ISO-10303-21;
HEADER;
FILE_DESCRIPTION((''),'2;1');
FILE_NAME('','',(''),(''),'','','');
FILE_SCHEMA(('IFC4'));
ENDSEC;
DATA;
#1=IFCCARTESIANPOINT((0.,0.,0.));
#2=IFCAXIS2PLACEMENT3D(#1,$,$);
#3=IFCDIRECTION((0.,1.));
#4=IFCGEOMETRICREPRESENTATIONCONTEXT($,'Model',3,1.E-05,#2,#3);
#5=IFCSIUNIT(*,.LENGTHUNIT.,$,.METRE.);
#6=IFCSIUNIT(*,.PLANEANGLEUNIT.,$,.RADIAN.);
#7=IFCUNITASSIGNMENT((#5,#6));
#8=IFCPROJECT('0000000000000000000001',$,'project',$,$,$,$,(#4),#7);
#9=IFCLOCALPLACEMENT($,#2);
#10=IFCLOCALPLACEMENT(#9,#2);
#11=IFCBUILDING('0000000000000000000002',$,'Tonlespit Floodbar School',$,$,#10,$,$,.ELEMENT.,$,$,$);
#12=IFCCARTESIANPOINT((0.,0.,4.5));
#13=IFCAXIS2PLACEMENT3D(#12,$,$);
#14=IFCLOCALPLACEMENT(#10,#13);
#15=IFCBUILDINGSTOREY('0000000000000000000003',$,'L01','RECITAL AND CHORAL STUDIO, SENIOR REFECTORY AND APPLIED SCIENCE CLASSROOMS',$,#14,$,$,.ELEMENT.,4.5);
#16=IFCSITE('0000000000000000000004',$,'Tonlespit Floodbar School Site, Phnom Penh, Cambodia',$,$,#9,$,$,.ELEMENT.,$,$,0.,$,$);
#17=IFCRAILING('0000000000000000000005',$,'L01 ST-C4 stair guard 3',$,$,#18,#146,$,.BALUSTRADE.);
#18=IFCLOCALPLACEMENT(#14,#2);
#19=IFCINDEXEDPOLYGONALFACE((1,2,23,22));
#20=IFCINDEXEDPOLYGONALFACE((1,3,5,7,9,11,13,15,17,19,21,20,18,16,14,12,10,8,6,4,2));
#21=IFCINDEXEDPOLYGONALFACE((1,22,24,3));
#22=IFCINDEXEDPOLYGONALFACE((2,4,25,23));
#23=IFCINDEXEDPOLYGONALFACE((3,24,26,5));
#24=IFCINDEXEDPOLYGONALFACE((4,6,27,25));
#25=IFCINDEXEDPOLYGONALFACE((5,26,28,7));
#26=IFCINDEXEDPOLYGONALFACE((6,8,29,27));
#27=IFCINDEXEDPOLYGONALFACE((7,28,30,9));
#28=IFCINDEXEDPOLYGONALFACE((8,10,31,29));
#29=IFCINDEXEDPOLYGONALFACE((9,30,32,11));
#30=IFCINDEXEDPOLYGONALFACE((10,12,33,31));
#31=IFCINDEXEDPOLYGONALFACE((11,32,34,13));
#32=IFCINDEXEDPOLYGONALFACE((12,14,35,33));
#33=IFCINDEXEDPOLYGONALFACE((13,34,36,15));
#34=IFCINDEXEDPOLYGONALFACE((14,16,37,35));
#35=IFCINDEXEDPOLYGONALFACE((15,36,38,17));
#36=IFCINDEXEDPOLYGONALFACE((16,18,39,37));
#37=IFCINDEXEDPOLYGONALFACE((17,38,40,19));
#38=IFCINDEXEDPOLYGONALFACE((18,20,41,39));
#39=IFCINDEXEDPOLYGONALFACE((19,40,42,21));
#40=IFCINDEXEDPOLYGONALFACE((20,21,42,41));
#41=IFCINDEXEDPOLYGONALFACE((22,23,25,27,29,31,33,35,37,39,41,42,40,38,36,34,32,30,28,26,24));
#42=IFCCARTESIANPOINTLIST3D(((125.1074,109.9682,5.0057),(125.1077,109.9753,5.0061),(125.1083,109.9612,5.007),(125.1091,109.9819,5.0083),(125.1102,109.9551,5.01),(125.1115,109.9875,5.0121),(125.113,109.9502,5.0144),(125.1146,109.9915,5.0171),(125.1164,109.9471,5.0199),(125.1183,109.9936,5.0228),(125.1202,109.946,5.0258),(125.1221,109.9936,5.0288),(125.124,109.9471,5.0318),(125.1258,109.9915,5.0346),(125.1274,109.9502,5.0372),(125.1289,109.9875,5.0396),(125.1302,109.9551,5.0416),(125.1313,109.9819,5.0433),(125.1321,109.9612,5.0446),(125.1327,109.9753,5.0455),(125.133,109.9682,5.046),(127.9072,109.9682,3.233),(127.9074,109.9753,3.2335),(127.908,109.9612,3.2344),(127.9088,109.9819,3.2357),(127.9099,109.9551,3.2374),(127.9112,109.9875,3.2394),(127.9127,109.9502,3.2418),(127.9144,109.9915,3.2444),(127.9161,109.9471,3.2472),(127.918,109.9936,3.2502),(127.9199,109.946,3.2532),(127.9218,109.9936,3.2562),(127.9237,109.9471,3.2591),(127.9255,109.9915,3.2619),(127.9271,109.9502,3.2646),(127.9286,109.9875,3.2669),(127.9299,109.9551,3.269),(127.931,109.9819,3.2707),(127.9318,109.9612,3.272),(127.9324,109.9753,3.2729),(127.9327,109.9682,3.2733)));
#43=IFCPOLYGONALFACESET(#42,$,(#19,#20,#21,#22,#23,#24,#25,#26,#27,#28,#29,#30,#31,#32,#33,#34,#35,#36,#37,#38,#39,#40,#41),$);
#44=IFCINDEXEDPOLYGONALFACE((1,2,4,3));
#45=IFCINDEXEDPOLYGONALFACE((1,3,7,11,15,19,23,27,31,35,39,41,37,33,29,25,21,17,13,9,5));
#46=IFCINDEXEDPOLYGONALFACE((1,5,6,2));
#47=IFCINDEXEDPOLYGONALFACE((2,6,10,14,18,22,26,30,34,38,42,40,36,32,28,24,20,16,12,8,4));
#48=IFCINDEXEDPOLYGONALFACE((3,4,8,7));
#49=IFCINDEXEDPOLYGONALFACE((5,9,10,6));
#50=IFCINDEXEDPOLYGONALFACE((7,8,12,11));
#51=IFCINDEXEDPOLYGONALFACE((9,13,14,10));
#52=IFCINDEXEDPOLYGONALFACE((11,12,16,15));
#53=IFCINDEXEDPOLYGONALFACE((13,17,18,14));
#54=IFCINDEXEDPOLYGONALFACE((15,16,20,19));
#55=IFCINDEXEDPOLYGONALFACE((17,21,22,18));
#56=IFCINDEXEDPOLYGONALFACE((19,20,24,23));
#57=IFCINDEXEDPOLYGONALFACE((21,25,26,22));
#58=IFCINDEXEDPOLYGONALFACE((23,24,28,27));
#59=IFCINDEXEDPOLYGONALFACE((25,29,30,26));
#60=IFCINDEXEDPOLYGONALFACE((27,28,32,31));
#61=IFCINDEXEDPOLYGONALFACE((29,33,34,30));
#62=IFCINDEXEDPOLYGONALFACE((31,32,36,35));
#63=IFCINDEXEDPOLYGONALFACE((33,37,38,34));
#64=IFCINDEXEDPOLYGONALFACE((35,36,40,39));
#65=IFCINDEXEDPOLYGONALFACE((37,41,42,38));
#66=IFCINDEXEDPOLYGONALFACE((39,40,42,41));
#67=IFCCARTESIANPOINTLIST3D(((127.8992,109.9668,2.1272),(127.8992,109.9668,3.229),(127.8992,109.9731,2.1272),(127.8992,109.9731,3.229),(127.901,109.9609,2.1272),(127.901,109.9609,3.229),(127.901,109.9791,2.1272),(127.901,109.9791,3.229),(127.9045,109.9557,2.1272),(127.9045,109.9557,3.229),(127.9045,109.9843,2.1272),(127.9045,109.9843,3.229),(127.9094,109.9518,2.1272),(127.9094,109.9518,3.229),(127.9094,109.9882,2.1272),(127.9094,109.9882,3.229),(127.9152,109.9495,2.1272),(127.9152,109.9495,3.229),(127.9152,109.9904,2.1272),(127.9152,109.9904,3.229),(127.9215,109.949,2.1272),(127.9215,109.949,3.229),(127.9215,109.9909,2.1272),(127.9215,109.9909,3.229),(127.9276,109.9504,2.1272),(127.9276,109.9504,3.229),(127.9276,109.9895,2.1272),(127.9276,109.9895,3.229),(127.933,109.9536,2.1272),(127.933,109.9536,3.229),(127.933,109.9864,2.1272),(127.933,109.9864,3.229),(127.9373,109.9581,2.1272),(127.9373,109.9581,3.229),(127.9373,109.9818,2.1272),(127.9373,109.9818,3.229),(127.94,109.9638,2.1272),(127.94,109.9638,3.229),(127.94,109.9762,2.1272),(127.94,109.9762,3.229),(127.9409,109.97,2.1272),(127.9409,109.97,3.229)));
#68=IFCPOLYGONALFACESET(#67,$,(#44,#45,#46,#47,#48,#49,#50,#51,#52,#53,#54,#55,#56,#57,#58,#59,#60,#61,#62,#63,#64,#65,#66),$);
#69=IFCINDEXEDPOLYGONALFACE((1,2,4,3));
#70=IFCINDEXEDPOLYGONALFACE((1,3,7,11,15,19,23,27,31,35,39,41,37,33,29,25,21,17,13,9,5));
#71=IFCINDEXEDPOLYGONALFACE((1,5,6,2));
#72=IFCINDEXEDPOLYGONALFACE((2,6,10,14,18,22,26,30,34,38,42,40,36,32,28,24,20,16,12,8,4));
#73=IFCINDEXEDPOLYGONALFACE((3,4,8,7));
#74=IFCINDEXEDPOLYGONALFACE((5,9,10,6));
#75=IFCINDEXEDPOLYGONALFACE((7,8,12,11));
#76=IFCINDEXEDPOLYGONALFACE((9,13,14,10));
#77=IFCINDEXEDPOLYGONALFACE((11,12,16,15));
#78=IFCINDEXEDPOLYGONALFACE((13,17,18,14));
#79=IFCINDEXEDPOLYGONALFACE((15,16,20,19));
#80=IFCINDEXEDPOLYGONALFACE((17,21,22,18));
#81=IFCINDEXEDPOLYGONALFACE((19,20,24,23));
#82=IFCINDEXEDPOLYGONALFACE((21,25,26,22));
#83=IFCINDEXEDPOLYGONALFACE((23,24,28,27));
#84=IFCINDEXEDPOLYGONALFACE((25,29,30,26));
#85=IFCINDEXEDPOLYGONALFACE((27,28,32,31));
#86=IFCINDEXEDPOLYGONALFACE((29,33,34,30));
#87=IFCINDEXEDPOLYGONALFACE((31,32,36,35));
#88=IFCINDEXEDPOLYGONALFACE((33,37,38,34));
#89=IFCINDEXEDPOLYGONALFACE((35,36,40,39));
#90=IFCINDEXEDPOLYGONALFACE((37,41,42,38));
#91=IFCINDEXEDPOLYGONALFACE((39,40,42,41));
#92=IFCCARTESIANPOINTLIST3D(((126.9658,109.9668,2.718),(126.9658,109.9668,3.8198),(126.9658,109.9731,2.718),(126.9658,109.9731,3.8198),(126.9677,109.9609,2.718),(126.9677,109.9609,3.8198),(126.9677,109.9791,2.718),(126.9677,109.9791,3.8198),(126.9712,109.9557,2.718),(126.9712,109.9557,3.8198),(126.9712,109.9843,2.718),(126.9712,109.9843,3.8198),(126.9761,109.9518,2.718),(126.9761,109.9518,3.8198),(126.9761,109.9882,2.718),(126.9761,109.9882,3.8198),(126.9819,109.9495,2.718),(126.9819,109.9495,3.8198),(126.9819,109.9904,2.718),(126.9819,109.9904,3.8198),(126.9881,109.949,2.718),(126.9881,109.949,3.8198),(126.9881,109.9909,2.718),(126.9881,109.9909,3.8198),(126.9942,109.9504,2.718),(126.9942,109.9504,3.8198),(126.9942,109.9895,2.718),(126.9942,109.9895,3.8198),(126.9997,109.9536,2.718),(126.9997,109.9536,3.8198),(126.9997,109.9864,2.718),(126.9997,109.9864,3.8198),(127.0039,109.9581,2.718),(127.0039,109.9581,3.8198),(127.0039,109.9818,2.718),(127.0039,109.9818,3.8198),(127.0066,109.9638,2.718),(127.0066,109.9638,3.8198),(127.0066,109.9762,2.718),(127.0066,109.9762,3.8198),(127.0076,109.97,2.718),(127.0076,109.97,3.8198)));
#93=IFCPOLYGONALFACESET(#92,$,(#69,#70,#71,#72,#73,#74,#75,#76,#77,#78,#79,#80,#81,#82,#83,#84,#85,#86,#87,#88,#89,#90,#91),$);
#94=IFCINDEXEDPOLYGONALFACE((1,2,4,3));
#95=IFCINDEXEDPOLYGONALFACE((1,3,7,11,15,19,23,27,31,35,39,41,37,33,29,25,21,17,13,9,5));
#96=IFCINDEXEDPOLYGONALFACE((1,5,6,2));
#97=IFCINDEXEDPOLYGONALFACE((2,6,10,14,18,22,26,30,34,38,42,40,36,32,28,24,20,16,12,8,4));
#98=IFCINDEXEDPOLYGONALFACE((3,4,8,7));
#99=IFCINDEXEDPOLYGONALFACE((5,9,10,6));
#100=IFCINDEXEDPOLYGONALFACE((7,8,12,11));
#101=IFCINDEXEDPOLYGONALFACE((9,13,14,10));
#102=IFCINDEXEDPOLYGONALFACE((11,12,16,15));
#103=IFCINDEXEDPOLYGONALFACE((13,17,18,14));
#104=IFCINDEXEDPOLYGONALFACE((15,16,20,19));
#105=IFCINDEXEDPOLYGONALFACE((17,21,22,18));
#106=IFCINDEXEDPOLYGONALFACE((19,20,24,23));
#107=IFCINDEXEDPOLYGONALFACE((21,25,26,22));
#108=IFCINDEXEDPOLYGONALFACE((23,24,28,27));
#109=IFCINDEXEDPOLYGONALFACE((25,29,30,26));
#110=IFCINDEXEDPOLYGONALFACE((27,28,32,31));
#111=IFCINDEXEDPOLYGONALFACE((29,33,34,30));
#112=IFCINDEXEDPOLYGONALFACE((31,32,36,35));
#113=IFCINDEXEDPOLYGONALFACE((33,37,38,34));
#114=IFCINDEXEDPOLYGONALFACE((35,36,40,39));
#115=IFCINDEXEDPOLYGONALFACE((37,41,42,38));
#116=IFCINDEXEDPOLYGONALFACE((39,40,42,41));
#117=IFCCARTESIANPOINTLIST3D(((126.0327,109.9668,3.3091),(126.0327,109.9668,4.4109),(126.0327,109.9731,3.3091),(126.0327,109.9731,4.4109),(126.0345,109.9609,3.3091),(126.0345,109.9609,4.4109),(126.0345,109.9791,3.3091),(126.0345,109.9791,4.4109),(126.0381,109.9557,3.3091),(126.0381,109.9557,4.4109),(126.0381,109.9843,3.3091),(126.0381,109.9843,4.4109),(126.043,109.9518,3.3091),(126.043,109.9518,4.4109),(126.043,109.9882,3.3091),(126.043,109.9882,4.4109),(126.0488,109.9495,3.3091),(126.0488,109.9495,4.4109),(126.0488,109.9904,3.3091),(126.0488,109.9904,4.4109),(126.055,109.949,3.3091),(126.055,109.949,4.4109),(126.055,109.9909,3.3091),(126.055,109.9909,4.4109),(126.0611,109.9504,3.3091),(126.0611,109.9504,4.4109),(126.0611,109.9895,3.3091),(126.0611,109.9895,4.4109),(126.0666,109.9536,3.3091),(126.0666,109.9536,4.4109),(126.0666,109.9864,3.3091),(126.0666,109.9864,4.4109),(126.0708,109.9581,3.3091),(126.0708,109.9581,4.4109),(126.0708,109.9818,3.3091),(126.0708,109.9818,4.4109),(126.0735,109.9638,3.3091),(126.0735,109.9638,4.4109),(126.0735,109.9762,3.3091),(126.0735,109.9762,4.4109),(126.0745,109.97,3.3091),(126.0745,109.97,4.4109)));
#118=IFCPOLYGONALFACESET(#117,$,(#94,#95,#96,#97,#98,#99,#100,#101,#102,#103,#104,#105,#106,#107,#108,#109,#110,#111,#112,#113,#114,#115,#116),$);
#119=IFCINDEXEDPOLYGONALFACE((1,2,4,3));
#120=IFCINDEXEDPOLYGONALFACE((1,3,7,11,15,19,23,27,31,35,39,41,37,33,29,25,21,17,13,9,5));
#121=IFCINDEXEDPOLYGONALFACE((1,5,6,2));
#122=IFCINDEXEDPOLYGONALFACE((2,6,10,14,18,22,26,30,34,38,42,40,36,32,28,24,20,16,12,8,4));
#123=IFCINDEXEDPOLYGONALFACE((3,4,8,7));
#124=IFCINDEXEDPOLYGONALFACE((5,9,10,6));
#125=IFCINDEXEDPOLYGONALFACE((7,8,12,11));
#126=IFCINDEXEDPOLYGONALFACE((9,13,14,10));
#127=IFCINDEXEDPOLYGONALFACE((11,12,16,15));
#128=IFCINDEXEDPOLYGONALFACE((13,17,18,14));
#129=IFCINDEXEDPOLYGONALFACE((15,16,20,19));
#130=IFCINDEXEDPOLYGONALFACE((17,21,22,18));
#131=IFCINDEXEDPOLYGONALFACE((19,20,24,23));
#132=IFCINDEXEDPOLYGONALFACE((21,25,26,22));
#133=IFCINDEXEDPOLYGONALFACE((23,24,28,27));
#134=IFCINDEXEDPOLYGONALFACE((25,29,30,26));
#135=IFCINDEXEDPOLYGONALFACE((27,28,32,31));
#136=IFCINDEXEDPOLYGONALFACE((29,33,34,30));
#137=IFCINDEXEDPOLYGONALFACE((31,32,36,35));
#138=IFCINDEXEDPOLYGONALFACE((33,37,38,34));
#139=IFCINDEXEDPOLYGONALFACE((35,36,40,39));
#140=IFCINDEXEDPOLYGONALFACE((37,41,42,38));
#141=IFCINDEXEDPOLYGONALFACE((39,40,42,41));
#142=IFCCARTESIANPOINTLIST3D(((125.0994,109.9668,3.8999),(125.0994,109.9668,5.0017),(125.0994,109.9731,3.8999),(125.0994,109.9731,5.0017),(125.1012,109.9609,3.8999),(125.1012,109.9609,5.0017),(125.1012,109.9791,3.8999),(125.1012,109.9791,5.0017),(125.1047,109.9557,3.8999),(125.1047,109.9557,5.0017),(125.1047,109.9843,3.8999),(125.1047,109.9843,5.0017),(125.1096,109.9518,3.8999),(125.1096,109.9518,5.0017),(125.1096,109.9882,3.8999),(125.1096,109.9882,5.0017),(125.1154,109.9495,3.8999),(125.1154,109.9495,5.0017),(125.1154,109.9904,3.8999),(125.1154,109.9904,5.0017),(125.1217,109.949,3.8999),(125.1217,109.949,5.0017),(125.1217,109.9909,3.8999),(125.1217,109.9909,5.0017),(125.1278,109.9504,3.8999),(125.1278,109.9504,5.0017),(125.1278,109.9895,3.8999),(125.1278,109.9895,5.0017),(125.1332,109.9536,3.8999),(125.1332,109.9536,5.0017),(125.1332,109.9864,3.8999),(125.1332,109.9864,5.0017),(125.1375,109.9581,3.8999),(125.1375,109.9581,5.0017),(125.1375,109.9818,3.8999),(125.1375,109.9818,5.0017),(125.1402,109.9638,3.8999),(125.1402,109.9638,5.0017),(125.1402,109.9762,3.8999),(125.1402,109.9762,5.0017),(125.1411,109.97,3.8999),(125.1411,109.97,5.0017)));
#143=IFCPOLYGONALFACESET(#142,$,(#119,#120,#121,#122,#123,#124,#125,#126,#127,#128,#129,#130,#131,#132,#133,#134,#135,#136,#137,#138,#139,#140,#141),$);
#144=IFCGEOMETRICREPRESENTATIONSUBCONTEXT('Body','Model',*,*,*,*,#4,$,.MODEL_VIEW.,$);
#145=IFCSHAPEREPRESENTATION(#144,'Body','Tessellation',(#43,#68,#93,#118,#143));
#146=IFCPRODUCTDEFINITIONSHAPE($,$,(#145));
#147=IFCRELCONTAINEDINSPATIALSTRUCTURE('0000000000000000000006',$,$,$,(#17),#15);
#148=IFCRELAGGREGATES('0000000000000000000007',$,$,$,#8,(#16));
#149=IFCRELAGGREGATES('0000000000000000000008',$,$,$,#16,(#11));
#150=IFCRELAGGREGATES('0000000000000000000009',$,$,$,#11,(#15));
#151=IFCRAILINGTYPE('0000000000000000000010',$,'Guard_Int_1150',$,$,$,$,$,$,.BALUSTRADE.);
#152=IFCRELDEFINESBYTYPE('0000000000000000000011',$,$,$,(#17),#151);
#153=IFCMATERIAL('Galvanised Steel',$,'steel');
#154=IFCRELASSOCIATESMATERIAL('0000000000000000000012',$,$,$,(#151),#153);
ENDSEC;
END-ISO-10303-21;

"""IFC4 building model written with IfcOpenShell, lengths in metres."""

from ifc_helpers import new_model, si_unit, direction, frame, origin, origin_2d, place, context, subcontext, project, spatial, circle, extrude, material, type_object, element, save


model = new_model("IFC4")

# Units and contexts
model_context = context("Model", 3, precision=1e-05, world=origin(), true_north=direction((0.0, 1.0)))
body_context = subcontext(model_context, "Body", "Model", "MODEL_VIEW")
ifc_project = project(units=[si_unit("LENGTHUNIT", "METRE"), si_unit("PLANEANGLEUNIT", "RADIAN")], contexts=[model_context])

# Site, building, storey
site_placement = place(None, origin())
site = spatial("IfcSite", under=ifc_project, at=site_placement, Name="Tonlespit Floodbar School Site, Phnom Penh, Cambodia", CompositionType="ELEMENT", RefElevation=0.0)
building_placement = place(site_placement, origin())
building = spatial("IfcBuilding", under=site, at=building_placement, Name="Tonlespit Floodbar School", CompositionType="ELEMENT")
storey_placement = place(building_placement, frame((0.0, 0.0, 4.5)))
storey = spatial("IfcBuildingStorey", under=building, at=storey_placement, Name="L01", Description="RECITAL AND CHORAL STUDIO, SENIOR REFECTORY AND APPLIED SCIENCE CLASSROOMS", CompositionType="ELEMENT", Elevation=4.5)

# Railing
ifc_material_1 = material(Name="Galvanised Steel", Category="steel")
railing_type_1 = type_object("IfcRailingType", Name="Guard_Int_1150", PredefinedType="BALUSTRADE", material=ifc_material_1)
railing_1_placement = place(storey_placement, frame((127.9199, 109.97, 2.1272)))
element("IfcRailing", 1, at=railing_1_placement, inside=storey, type_object=railing_type_1, Name="L01 ST-C4 stair guard 3", PredefinedType="BALUSTRADE", context=body_context, shape_type="SweptSolid", body=[
    extrude(circle(Radius=0.0239, at=origin_2d()), frame((0.0, 0.0, 1.126), z_axis=(-0.844888, 0.0, 0.534943), x_axis=(0.0, -1.0, 0.0)), (0.0, 0.0, 1.0), 3.3137),
    extrude(circle(Radius=0.021, at=origin_2d()), origin(), (0.0, 0.0, 1.0), 1.1018),
    extrude(circle(Radius=0.021, at=origin_2d()), frame((-0.9333, 0.0, 0.5908)), (0.0, 0.0, 1.0), 1.1018),
    extrude(circle(Radius=0.021, at=origin_2d()), frame((-1.8665, 0.0, 1.1819)), (0.0, 0.0, 1.0), 1.1018),
    extrude(circle(Radius=0.021, at=origin_2d()), frame((-2.7998, 0.0, 1.7727)), (0.0, 0.0, 1.0), 1.1018),
])

save(model, "model.ifc")
